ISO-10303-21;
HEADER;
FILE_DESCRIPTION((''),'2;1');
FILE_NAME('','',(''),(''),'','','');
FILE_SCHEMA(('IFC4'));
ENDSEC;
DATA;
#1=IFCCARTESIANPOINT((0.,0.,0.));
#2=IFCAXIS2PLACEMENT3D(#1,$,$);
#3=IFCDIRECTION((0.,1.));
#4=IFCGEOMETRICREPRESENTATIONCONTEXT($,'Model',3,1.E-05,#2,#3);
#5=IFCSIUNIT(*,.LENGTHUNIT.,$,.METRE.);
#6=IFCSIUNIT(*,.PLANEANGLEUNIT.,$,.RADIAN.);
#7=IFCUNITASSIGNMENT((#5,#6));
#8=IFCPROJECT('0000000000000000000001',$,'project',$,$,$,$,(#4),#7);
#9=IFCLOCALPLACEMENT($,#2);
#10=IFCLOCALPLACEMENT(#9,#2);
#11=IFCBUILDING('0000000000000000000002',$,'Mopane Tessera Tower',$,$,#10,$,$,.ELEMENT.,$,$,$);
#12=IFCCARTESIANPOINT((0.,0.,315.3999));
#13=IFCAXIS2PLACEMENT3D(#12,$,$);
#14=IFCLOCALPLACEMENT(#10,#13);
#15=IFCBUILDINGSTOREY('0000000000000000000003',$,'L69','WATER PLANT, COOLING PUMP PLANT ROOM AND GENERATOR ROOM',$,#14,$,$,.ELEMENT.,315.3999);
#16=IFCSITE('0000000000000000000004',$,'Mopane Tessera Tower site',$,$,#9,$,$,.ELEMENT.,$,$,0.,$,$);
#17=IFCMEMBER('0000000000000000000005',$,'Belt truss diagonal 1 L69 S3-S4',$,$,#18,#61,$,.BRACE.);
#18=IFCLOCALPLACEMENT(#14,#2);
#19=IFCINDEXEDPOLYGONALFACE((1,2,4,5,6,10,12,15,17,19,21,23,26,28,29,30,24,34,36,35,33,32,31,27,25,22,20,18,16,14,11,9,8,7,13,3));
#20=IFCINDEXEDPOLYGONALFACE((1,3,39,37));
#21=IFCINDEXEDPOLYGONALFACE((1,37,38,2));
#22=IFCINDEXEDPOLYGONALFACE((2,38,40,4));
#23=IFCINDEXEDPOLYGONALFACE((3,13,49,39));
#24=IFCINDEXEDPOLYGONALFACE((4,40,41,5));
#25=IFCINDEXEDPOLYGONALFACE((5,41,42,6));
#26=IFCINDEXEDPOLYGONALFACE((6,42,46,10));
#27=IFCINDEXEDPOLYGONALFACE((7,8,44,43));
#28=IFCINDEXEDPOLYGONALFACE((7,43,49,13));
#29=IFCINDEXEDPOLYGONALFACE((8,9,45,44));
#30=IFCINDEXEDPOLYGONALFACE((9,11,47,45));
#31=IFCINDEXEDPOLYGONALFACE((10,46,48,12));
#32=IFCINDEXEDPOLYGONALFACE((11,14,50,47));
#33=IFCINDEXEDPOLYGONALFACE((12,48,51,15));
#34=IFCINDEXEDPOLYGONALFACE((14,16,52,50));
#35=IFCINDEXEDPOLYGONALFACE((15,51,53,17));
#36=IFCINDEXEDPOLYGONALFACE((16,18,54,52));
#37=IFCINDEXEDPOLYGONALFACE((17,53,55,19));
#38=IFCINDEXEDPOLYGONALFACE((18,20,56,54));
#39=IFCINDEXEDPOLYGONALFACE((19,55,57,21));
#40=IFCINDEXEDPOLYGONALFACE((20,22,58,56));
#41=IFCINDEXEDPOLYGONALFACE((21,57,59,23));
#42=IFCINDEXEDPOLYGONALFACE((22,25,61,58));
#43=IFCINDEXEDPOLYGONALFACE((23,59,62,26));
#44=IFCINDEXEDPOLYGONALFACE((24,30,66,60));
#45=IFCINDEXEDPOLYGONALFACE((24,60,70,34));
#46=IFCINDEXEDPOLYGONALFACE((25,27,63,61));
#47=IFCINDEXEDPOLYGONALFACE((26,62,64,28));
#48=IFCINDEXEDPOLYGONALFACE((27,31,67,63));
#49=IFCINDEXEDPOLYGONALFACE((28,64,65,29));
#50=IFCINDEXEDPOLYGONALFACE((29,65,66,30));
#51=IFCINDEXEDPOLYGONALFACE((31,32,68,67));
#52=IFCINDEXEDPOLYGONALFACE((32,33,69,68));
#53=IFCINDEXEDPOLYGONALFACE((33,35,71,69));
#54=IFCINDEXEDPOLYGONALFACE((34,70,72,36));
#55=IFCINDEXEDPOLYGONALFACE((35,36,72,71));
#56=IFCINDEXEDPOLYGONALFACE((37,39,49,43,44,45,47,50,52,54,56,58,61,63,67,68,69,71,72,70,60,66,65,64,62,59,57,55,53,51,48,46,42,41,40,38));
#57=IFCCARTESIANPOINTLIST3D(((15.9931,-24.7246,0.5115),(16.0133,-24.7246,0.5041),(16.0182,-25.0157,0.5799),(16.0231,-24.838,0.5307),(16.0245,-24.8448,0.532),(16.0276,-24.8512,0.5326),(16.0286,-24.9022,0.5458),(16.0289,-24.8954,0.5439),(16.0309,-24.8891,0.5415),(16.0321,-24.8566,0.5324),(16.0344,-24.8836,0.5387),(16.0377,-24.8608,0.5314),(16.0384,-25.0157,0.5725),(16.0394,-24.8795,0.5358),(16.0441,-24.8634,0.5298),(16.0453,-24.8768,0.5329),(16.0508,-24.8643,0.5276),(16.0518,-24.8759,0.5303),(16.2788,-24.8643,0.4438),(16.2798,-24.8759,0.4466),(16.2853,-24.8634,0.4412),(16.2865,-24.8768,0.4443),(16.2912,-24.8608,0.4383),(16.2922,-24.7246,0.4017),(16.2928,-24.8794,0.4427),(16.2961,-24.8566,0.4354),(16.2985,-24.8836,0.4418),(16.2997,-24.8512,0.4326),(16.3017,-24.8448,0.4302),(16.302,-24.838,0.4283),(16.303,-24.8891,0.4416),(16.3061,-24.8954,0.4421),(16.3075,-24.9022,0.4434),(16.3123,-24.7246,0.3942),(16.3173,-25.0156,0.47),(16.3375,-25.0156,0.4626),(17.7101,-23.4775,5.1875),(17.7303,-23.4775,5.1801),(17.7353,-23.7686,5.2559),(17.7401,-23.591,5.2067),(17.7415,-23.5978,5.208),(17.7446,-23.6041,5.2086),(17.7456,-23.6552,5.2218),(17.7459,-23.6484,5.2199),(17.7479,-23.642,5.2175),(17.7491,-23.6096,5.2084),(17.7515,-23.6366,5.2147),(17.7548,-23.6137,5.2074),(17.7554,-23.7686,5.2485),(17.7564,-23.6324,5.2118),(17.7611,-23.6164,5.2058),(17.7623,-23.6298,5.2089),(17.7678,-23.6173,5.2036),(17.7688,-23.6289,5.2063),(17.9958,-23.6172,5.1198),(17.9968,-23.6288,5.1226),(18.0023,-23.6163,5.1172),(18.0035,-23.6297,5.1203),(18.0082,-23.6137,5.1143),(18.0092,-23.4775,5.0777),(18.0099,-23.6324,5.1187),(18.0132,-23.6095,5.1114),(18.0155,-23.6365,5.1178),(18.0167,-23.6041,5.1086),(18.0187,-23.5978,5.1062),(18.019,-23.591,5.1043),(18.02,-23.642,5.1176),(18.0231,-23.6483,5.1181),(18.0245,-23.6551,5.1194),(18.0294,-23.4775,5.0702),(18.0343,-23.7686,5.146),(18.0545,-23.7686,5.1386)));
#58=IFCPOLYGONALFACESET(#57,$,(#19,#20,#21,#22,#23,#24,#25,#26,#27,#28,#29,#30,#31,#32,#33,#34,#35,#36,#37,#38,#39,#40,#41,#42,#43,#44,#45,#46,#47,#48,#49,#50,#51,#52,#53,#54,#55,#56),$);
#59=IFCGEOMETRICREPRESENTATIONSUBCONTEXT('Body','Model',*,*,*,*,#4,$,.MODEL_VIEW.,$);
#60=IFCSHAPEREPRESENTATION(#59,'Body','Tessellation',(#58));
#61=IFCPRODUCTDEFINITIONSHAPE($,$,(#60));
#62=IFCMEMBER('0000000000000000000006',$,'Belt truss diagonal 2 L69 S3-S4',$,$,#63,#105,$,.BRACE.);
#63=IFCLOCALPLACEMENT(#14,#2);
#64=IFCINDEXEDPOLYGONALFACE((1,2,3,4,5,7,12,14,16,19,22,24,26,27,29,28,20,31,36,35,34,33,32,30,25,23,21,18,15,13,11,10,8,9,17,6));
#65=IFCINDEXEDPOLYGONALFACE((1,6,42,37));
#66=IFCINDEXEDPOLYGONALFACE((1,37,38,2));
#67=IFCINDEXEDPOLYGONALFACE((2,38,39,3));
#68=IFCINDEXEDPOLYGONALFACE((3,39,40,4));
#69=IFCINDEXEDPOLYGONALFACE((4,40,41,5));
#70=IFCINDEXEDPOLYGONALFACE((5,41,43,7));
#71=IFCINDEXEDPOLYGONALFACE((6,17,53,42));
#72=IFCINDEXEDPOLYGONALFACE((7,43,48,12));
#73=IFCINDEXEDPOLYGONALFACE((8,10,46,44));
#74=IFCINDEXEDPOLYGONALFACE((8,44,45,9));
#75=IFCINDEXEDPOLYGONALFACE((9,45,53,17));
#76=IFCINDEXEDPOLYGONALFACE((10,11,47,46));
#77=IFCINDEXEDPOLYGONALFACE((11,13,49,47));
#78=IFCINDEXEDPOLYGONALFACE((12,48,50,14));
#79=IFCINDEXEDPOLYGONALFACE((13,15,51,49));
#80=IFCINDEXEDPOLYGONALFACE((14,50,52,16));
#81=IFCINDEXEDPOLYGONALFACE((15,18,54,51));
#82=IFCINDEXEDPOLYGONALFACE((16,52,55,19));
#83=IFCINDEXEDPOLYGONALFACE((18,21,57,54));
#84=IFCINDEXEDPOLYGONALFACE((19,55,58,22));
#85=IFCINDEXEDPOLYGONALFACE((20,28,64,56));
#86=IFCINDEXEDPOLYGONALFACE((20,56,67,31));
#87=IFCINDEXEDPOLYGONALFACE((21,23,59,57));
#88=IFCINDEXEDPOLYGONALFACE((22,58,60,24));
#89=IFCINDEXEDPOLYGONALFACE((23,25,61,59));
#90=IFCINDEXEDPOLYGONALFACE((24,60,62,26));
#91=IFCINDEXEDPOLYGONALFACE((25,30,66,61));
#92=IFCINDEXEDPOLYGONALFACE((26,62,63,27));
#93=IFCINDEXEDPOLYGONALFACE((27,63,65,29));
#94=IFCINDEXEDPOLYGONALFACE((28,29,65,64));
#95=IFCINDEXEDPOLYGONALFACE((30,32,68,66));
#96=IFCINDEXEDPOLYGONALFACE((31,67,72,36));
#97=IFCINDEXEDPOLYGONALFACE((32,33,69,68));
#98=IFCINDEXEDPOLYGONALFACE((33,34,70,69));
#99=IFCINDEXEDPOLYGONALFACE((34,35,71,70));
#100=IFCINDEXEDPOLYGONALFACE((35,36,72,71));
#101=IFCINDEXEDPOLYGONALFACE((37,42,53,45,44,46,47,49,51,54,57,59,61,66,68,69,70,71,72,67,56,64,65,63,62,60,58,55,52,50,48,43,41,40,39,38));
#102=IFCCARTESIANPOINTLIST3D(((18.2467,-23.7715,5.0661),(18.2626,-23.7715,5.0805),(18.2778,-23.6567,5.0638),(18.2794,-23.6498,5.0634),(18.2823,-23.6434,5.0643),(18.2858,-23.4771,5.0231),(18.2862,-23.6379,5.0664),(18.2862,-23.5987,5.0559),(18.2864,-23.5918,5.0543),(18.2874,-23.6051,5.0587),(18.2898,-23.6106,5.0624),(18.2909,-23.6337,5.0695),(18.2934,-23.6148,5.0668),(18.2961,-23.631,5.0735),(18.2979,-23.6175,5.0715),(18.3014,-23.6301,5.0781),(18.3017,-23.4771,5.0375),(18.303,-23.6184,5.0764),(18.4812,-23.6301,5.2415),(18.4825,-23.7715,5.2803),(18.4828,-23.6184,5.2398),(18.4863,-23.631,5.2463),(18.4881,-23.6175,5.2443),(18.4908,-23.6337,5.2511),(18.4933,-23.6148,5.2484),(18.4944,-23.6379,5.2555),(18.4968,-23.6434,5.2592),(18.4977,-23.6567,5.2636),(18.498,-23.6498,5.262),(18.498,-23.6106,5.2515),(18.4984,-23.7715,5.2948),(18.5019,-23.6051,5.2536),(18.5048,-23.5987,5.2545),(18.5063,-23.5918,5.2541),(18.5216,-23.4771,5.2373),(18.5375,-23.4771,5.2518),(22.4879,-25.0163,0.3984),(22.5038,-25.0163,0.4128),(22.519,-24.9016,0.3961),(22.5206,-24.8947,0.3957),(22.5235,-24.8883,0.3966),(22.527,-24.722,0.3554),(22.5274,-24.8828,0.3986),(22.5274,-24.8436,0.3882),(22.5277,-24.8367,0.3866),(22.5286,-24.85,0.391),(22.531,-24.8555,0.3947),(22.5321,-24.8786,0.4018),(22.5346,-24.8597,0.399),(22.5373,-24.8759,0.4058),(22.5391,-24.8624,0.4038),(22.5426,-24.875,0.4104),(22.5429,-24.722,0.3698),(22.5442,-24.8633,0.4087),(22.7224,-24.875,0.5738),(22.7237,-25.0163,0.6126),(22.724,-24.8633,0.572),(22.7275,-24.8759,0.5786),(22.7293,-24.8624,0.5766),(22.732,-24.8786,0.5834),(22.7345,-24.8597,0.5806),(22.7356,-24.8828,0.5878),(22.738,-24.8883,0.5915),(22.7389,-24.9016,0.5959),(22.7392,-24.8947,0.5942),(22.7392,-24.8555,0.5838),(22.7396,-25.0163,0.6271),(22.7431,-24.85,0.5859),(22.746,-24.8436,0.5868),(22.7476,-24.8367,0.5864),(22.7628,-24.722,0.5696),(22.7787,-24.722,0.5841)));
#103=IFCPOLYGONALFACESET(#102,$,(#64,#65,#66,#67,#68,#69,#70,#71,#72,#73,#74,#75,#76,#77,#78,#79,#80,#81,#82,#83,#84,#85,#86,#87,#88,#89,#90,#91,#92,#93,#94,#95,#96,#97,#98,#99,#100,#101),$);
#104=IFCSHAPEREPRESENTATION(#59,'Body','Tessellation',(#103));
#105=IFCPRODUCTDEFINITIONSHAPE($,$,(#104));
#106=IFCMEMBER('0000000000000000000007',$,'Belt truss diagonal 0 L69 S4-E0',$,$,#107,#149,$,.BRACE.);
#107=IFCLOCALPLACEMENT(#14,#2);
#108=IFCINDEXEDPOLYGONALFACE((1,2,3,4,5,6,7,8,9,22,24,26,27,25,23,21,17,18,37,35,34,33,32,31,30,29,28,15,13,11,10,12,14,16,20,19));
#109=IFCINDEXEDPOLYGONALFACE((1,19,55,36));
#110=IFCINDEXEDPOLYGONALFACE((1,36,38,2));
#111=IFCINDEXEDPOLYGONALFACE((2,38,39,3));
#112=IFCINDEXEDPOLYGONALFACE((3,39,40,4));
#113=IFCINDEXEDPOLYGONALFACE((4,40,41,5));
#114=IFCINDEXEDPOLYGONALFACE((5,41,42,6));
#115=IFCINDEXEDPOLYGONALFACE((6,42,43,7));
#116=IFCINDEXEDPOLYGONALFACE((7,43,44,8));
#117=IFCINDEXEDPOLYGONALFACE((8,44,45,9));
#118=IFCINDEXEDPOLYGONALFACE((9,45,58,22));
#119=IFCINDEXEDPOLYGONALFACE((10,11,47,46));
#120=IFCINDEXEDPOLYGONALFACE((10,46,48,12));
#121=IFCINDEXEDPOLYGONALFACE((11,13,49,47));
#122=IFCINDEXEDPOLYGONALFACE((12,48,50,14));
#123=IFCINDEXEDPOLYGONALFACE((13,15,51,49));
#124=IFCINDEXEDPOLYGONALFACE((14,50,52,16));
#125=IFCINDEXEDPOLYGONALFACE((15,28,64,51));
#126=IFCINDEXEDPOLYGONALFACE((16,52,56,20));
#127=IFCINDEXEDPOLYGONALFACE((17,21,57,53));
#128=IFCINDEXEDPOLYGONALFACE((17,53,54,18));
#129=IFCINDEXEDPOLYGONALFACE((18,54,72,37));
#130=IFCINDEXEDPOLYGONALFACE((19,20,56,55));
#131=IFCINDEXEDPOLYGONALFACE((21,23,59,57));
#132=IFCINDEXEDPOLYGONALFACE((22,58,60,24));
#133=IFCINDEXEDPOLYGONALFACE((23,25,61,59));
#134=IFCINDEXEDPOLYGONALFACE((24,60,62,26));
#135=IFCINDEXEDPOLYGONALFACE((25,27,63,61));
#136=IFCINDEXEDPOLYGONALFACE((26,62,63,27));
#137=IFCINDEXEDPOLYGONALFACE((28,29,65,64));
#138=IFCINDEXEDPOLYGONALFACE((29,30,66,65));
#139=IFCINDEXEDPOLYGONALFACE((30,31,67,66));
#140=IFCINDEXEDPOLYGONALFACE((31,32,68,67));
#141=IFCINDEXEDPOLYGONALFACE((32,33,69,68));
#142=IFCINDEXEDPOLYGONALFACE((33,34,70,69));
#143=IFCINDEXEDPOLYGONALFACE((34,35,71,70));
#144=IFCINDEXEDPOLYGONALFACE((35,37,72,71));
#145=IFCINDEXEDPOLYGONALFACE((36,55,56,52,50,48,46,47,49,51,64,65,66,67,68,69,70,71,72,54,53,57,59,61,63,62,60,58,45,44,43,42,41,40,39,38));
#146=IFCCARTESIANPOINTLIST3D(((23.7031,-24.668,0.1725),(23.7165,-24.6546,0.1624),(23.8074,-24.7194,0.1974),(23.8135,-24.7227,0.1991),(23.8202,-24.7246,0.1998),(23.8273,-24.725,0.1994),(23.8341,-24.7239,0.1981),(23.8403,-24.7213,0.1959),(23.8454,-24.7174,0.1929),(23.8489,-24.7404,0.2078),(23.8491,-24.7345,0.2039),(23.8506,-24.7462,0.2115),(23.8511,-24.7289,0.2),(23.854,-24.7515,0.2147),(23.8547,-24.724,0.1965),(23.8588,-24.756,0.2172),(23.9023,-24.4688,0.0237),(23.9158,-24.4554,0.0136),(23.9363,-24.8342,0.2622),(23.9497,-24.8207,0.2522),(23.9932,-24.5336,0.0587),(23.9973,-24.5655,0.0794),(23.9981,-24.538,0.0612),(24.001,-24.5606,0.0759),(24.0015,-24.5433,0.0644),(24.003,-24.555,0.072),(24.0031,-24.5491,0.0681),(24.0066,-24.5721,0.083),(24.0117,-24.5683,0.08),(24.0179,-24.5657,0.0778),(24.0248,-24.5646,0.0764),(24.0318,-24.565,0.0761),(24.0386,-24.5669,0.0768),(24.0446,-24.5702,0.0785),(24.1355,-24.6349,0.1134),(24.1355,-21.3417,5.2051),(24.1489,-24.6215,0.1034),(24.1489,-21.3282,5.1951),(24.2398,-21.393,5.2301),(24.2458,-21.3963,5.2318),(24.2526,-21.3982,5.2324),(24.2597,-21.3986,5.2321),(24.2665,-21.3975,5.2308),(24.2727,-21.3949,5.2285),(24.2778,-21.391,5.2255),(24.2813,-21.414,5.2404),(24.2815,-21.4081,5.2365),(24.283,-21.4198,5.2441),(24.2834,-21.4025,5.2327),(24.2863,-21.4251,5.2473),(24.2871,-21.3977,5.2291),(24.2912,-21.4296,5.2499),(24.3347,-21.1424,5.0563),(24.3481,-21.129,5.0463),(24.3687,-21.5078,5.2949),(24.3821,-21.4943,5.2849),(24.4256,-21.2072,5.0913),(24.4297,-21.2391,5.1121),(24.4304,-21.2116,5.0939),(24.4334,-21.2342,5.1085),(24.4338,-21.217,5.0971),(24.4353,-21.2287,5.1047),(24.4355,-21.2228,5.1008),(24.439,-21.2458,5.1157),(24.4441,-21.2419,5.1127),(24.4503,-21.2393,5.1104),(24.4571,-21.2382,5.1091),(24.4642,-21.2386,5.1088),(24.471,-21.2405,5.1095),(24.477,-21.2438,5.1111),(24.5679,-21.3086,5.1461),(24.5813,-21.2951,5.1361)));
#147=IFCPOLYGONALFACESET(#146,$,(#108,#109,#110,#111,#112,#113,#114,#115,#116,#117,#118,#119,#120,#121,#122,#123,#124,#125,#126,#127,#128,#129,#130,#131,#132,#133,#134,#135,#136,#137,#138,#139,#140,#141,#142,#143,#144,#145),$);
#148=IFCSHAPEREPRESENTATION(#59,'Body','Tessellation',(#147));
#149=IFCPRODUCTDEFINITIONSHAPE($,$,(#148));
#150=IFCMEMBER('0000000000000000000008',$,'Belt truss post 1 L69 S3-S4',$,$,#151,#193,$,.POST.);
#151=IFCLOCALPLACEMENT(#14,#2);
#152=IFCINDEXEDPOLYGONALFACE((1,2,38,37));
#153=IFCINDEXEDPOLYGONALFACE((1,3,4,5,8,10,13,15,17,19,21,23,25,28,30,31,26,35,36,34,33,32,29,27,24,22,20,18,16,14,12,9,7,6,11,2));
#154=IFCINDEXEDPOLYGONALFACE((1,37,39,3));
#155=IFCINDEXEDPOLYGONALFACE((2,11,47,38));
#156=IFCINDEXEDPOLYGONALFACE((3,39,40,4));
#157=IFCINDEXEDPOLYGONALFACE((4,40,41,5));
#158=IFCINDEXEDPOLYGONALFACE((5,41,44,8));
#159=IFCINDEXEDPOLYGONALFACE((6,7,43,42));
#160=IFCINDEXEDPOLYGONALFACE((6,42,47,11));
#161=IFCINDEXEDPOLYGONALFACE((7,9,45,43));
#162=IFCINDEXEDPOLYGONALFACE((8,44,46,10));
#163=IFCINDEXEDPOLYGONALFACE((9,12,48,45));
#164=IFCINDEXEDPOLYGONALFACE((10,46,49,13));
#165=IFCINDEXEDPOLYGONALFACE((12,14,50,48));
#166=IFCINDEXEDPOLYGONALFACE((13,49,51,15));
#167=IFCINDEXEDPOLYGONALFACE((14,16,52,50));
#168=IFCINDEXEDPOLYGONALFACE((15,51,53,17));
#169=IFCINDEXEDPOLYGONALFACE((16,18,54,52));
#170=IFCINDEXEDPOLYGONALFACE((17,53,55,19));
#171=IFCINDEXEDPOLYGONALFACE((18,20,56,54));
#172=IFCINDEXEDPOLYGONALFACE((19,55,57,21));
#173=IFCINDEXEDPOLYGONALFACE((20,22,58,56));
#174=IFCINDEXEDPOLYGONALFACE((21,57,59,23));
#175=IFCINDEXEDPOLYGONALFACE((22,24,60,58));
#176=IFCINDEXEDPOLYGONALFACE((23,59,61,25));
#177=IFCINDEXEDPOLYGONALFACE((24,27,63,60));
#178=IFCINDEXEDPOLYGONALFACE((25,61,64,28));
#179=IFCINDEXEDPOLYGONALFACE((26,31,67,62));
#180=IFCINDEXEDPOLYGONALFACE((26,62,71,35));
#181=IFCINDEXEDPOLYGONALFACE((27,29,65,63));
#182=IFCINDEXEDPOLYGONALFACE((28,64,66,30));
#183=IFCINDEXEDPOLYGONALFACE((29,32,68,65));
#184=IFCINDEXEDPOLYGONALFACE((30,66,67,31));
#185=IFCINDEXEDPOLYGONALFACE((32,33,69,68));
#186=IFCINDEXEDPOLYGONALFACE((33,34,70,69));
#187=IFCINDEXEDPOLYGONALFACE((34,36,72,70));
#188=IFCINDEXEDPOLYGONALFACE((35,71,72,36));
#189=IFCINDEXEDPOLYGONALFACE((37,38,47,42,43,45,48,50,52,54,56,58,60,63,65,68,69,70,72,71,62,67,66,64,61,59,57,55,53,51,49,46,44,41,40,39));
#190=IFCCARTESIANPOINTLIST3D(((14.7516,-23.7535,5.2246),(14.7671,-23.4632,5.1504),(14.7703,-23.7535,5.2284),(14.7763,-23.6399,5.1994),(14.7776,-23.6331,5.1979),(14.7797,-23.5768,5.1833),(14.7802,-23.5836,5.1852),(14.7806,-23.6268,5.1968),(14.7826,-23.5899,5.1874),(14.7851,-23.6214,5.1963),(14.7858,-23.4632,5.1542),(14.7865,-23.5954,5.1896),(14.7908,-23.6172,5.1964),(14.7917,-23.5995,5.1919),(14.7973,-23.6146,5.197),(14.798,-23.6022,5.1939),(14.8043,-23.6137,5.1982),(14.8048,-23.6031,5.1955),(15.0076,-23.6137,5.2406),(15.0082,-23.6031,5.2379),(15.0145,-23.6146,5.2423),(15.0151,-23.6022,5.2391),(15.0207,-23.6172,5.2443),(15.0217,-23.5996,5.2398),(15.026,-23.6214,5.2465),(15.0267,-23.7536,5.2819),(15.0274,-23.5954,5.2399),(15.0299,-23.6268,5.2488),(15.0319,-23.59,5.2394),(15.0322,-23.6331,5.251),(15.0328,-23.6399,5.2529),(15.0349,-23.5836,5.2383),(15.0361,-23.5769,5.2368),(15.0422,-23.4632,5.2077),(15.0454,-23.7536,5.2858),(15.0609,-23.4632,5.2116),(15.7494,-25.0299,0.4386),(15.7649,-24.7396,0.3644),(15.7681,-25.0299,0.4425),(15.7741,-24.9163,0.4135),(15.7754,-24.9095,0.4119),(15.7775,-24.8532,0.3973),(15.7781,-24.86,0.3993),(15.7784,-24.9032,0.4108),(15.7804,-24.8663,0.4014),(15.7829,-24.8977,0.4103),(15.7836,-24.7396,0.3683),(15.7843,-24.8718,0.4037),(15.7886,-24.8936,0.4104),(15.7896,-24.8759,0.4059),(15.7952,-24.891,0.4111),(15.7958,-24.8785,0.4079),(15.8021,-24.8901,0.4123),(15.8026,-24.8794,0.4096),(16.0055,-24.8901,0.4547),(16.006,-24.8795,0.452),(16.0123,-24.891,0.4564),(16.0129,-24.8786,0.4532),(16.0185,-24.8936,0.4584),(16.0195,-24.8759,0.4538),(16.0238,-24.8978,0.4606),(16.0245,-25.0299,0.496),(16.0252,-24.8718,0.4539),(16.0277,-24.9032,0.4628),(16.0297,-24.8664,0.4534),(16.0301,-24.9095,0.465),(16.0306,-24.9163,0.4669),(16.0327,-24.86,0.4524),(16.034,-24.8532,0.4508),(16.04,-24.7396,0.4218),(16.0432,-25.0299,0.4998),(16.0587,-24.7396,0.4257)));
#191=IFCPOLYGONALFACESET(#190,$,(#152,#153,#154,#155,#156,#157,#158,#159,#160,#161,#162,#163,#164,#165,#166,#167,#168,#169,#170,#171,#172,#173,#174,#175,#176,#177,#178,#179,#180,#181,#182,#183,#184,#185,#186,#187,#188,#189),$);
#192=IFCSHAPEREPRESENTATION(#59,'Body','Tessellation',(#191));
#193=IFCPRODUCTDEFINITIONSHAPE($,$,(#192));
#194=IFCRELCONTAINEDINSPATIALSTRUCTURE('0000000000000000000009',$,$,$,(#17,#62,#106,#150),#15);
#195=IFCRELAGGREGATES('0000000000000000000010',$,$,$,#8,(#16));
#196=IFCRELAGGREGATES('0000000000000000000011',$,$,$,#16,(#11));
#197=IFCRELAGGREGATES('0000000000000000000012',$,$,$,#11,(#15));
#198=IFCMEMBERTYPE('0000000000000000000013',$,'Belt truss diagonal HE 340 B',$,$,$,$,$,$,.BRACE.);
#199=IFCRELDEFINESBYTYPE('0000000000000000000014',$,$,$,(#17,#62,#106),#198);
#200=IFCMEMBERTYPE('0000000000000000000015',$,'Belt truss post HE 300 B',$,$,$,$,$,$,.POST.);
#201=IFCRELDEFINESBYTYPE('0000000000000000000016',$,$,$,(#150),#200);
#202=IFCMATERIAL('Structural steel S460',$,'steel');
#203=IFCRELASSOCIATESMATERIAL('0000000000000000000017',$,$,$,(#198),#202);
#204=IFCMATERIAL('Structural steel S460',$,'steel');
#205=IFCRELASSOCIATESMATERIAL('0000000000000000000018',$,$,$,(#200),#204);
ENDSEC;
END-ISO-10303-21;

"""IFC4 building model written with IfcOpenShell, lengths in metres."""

from ifc_helpers import new_model, si_unit, direction, frame, origin, origin_2d, place, context, subcontext, project, spatial, i_section, extrude, material, material_profile, profile_set, type_object, element, save


model = new_model("IFC4")

# Units and contexts
model_context = context("Model", 3, precision=1e-05, world=origin(), true_north=direction((0.0, 1.0)))
body_context = subcontext(model_context, "Body", "Model", "MODEL_VIEW")
ifc_project = project(units=[si_unit("LENGTHUNIT", "METRE"), si_unit("PLANEANGLEUNIT", "RADIAN")], contexts=[model_context])

# Site, building, storey
site_placement = place(None, origin())
site = spatial("IfcSite", under=ifc_project, at=site_placement, Name="Mopane Tessera Tower site", CompositionType="ELEMENT", RefElevation=0.0)
building_placement = place(site_placement, origin())
building = spatial("IfcBuilding", under=site, at=building_placement, Name="Mopane Tessera Tower", CompositionType="ELEMENT")
storey_placement = place(building_placement, frame((0.0, 0.0, 315.3999)))
storey = spatial("IfcBuildingStorey", under=building, at=storey_placement, Name="L69", Description="WATER PLANT, COOLING PUMP PLANT ROOM AND GENERATOR ROOM", CompositionType="ELEMENT", Elevation=315.3999)

# Members
ifc_material_1 = material(Name="Structural steel S460", Category="steel")
ifc_material_profile_1 = material_profile(ifc_material_1, i_section(OverallWidth=0.3, OverallDepth=0.3401, WebThickness=0.012, FlangeThickness=0.0215, FilletRadius=0.0271, at=origin_2d()))
ifc_profile_set_1 = profile_set([ifc_material_profile_1], Name="Structural steel S460")
member_type_1 = type_object("IfcMemberType", Name="Belt truss diagonal HE 340 B", PredefinedType="BRACE", material=ifc_profile_set_1)
member_1_placement = place(storey_placement, frame((16.1653, -24.8701, 0.4871), z_axis=(0.334377, 0.242855, 0.910611), x_axis=(-0.083779, 0.970063, -0.227947)))
element("IfcMember", 1, at=member_1_placement, inside=storey, type_object=member_type_1, Name="Belt truss diagonal 1 L69 S3-S4", PredefinedType="BRACE", context=body_context, shape_type="SweptSolid", body=[
    extrude(i_section(OverallWidth=0.3, OverallDepth=0.3401, WebThickness=0.012, FlangeThickness=0.0215, FilletRadius=0.0271, at=origin_2d()), origin(), (0.0, 0.0, 1.0), 5.135),
])
member_2_placement = place(storey_placement, frame((18.3921, -23.6243, 5.1589), z_axis=(0.659754, -0.19365, -0.726102), x_axis=(0.130234, 0.981071, -0.143316)))
element("IfcMember", 2, at=member_2_placement, inside=storey, type_object=member_type_1, Name="Belt truss diagonal 2 L69 S3-S4", PredefinedType="BRACE", context=body_context, shape_type="SweptSolid", body=[
    extrude(i_section(OverallWidth=0.3, OverallDepth=0.3401, WebThickness=0.012, FlangeThickness=0.0215, FilletRadius=0.0271, at=origin_2d()), origin(), (0.0, 0.0, 1.0), 6.4285),
])
member_3_placement = place(storey_placement, frame((23.926, -24.6448, 0.1379), z_axis=(0.071488, 0.549988, 0.832107), x_axis=(-0.777153, 0.55365, -0.299173)))
element("IfcMember", 3, at=member_3_placement, inside=storey, type_object=member_type_1, Name="Belt truss diagonal 0 L69 S4-E0", PredefinedType="BRACE", context=body_context, shape_type="SweptSolid", body=[
    extrude(i_section(OverallWidth=0.3, OverallDepth=0.3401, WebThickness=0.012, FlangeThickness=0.0215, FilletRadius=0.0271, at=origin_2d()), origin(), (0.0, 0.0, 1.0), 6.0481),
])
ifc_material_2 = material(Name="Structural steel S460", Category="steel")
ifc_material_profile_2 = material_profile(ifc_material_2, i_section(OverallWidth=0.3, OverallDepth=0.3, WebThickness=0.011, FlangeThickness=0.019, FilletRadius=0.0271, at=origin_2d()))
ifc_profile_set_2 = profile_set([ifc_material_profile_2], Name="Structural steel S460")
member_type_2 = type_object("IfcMemberType", Name="Belt truss post HE 300 B", PredefinedType="POST", material=ifc_profile_set_2)
member_4_placement = place(storey_placement, frame((15.9041, -24.8848, 0.4321), z_axis=(-0.19748, 0.252613, 0.9472), x_axis=(0.051652, 0.967568, -0.247275)))
element("IfcMember", 4, at=member_4_placement, inside=storey, type_object=member_type_2, Name="Belt truss post 1 L69 S3-S4", PredefinedType="POST", context=body_context, shape_type="SweptSolid", body=[
    extrude(i_section(OverallWidth=0.3, OverallDepth=0.3, WebThickness=0.011, FlangeThickness=0.019, FilletRadius=0.0271, at=origin_2d()), origin(), (0.0, 0.0, 1.0), 5.0527),
])

save(model, "model.ifc")
